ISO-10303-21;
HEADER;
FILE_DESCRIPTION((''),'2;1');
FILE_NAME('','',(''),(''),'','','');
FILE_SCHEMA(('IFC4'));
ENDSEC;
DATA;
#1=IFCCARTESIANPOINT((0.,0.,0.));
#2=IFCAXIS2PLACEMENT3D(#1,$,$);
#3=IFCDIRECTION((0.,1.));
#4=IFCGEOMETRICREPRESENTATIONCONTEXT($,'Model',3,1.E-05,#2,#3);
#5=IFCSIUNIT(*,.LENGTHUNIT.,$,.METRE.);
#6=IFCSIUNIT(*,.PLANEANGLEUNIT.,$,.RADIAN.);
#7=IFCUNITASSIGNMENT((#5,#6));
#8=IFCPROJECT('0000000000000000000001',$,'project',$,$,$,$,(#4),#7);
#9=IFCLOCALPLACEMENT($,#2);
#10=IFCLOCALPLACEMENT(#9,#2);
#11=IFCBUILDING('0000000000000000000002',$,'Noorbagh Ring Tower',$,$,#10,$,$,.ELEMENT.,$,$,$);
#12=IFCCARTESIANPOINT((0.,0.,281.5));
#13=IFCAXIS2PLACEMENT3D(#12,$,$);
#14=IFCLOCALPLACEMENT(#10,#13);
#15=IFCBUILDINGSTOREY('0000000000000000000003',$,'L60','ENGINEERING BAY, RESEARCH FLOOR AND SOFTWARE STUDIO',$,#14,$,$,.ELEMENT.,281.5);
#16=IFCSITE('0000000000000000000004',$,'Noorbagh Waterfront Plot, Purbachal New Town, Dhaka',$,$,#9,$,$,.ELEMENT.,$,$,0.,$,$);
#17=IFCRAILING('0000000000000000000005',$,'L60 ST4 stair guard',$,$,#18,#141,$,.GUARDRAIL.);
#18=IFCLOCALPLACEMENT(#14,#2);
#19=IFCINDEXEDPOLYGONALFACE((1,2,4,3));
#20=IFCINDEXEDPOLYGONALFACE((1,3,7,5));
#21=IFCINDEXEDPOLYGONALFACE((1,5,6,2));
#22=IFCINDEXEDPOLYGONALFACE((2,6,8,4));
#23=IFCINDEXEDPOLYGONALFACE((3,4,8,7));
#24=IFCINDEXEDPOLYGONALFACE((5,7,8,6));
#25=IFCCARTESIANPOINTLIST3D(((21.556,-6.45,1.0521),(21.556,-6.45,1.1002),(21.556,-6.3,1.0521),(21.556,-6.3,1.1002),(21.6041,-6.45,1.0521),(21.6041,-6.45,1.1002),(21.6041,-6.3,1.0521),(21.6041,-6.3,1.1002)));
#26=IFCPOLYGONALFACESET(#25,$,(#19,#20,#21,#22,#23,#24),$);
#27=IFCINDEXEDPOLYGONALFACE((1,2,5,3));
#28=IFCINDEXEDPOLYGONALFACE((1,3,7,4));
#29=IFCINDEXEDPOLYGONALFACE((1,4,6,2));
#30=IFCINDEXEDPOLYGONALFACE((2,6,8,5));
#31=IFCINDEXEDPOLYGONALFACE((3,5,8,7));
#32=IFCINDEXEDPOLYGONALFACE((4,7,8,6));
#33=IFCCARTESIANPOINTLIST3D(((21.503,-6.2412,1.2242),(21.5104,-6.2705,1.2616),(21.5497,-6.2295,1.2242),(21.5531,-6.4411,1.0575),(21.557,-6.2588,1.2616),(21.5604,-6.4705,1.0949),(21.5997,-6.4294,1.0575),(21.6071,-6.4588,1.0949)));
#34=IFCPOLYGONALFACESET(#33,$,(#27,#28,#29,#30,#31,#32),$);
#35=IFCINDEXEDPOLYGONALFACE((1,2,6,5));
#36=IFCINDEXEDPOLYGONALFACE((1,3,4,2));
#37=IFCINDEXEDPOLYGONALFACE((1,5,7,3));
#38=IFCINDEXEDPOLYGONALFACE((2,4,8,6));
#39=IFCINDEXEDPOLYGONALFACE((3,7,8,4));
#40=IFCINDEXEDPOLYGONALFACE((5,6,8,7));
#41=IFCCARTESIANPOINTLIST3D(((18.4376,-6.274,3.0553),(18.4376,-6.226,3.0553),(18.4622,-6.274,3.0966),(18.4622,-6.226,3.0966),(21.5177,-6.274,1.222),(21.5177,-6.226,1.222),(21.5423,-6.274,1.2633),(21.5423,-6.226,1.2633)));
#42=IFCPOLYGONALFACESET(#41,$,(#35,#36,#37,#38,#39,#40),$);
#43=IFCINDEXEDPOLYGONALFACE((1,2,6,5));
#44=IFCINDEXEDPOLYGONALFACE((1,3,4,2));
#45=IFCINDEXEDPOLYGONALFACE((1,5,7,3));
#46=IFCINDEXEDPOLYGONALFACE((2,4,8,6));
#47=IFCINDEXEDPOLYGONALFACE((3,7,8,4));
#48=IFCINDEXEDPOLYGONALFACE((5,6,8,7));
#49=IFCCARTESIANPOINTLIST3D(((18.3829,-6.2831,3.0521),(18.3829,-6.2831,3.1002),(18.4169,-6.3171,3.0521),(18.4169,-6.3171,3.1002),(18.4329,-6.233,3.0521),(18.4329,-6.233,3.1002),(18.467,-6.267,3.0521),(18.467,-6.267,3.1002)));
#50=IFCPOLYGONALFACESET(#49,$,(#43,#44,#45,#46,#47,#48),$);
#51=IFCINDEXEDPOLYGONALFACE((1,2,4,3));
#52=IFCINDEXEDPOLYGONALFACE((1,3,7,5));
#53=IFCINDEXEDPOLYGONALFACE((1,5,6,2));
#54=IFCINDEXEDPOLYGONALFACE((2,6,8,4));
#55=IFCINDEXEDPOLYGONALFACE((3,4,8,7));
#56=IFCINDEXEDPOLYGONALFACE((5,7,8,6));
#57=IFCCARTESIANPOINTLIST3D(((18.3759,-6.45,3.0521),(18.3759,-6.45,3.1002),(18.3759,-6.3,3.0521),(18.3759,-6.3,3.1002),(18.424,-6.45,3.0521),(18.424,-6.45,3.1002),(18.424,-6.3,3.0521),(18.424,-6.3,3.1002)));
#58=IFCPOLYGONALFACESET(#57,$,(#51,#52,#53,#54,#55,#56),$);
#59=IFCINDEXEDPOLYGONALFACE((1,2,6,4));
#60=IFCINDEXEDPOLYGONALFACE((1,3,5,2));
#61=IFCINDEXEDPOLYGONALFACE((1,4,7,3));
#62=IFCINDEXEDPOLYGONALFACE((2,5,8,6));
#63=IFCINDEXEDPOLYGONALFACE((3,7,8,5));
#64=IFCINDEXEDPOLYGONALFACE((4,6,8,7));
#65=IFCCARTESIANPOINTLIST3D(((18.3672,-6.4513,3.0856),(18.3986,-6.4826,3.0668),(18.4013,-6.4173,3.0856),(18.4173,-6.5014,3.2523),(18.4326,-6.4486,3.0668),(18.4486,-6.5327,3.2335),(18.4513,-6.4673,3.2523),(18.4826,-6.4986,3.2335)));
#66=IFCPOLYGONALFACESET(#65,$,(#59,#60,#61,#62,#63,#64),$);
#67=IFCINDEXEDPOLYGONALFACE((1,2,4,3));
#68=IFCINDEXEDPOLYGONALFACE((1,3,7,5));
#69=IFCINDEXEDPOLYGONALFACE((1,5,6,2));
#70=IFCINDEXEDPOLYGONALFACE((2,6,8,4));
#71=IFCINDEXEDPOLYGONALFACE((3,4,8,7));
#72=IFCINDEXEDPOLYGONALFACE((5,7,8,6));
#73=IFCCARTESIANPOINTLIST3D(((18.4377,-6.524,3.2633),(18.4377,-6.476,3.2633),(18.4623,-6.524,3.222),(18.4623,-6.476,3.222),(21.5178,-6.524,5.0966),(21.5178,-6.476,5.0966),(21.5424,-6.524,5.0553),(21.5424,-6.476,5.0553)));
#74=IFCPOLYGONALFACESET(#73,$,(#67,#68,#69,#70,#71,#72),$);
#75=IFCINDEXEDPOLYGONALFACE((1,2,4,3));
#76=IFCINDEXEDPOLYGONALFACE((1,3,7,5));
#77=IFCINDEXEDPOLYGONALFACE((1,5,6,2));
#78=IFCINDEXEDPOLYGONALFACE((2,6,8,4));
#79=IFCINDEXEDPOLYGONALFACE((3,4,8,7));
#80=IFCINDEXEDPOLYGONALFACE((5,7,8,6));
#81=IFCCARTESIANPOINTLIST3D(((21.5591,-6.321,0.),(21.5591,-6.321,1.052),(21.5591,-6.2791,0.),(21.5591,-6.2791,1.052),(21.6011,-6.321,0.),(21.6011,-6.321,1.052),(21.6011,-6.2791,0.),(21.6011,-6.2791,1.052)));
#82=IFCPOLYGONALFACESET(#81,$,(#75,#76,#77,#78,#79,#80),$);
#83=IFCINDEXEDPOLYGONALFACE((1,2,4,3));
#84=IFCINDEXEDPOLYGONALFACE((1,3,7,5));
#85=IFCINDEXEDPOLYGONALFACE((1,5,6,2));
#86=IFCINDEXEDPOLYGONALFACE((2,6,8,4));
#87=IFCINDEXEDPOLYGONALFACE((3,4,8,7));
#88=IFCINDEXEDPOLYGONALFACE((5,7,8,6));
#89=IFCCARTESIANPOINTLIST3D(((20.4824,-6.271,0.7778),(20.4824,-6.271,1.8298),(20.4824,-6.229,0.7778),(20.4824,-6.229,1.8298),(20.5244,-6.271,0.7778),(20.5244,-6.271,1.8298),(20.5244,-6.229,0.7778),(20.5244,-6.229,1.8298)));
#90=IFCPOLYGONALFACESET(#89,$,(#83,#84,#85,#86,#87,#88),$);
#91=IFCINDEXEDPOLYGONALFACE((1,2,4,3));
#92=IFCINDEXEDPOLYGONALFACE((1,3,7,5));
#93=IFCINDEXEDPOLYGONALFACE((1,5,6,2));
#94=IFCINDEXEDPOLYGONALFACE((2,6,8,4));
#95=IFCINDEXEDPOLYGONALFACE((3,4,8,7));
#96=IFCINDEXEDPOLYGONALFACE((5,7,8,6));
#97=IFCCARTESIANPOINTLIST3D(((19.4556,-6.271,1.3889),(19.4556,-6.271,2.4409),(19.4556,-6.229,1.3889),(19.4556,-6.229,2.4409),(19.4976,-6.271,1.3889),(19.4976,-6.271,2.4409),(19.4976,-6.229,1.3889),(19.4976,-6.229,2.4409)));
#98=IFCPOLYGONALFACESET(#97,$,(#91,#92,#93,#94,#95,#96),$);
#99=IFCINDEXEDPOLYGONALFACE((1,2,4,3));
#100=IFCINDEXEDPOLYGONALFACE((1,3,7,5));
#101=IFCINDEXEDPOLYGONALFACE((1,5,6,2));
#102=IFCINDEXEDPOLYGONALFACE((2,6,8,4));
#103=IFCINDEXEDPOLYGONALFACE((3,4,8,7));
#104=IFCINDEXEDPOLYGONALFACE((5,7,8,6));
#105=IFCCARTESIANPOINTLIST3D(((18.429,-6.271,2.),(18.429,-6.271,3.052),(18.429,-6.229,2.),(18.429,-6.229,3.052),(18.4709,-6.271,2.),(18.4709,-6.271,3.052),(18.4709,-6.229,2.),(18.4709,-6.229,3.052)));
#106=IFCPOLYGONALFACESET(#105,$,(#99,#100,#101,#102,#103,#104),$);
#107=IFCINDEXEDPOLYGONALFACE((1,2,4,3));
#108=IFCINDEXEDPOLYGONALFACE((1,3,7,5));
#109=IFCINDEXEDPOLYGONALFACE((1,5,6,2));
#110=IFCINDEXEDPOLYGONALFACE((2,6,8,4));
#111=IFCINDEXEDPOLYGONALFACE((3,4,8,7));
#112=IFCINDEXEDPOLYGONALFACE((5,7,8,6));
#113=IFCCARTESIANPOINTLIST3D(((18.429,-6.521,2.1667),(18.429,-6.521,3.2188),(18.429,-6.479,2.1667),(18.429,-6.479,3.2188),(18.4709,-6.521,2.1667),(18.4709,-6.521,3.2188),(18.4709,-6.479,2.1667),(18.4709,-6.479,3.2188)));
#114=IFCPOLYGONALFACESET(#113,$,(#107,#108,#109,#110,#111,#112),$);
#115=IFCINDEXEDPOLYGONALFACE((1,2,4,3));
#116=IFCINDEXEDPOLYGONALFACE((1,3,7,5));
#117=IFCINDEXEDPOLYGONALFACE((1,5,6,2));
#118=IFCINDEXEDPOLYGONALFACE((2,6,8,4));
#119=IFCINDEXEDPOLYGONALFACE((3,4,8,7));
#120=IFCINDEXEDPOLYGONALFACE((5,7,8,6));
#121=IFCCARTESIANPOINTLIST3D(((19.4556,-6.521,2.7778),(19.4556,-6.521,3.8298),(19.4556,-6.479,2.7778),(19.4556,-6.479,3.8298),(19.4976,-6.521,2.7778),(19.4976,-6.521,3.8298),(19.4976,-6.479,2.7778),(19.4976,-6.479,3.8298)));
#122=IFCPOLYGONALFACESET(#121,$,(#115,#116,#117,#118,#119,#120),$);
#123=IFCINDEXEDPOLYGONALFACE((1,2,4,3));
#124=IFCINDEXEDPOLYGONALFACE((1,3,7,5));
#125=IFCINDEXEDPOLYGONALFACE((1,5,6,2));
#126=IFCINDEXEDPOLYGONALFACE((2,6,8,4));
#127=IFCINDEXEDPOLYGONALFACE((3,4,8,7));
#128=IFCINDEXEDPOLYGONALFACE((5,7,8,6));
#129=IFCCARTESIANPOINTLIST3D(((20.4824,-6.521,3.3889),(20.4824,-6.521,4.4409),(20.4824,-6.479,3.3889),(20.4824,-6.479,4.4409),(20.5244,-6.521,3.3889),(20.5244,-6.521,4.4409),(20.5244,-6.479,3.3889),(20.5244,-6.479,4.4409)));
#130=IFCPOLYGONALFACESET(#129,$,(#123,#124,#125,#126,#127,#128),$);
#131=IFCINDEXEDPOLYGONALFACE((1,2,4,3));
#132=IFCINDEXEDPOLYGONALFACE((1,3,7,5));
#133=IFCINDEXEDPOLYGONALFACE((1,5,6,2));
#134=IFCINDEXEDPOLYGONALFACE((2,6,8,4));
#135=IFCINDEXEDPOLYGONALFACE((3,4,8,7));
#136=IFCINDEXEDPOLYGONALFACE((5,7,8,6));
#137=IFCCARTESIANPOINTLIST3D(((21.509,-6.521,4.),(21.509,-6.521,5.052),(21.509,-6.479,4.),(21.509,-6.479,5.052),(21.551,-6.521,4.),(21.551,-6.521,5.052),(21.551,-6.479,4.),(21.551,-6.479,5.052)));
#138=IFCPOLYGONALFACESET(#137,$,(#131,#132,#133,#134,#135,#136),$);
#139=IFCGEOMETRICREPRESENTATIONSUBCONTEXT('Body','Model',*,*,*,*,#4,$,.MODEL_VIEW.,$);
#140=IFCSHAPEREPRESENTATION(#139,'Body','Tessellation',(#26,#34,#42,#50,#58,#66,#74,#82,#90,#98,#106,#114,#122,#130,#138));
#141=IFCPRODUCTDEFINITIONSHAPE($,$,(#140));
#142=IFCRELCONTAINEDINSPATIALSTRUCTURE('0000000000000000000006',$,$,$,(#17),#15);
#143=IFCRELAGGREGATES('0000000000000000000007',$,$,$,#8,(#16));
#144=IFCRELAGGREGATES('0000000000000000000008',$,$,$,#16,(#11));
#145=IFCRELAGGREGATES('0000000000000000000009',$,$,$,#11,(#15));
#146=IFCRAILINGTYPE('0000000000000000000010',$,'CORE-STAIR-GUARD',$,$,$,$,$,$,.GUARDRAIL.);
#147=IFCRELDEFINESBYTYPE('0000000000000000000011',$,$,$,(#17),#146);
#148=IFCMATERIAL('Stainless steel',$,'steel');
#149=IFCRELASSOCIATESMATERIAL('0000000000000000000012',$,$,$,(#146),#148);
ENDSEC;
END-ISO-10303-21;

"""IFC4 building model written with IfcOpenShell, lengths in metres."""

from ifc_helpers import new_model, si_unit, direction, frame, origin, origin_2d, place, context, subcontext, project, spatial, rectangle, extrude, material, type_object, element, save


model = new_model("IFC4")

# Units and contexts
model_context = context("Model", 3, precision=1e-05, world=origin(), true_north=direction((0.0, 1.0)))
body_context = subcontext(model_context, "Body", "Model", "MODEL_VIEW")
ifc_project = project(units=[si_unit("LENGTHUNIT", "METRE"), si_unit("PLANEANGLEUNIT", "RADIAN")], contexts=[model_context])

# Site, building, storey
site_placement = place(None, origin())
site = spatial("IfcSite", under=ifc_project, at=site_placement, Name="Noorbagh Waterfront Plot, Purbachal New Town, Dhaka", CompositionType="ELEMENT", RefElevation=0.0)
building_placement = place(site_placement, origin())
building = spatial("IfcBuilding", under=site, at=building_placement, Name="Noorbagh Ring Tower", CompositionType="ELEMENT")
storey_placement = place(building_placement, frame((0.0, 0.0, 281.5)))
storey = spatial("IfcBuildingStorey", under=building, at=storey_placement, Name="L60", Description="ENGINEERING BAY, RESEARCH FLOOR AND SOFTWARE STUDIO", CompositionType="ELEMENT", Elevation=281.5)

# Railing
ifc_material_1 = material(Name="Stainless steel", Category="steel")
railing_type_1 = type_object("IfcRailingType", Name="CORE-STAIR-GUARD", PredefinedType="GUARDRAIL", material=ifc_material_1)
railing_1_placement = place(storey_placement, frame((21.5801, -6.3, 0.0)))
element("IfcRailing", 1, at=railing_1_placement, inside=storey, type_object=railing_type_1, Name="L60 ST4 stair guard", PredefinedType="GUARDRAIL", context=body_context, shape_type="SweptSolid", body=[
    extrude(rectangle(XDim=0.0481, YDim=0.0481, at=origin_2d()), frame((0.0, 0.0, 1.0762), z_axis=(0.0, -1.0, 0.0), x_axis=(1.0, 0.0, 0.0)), (0.0, 0.0, 1.0), 0.1499),
    extrude(rectangle(XDim=0.0481, YDim=0.0481, at=origin_2d()), frame((0.0, -0.1499, 1.0762), z_axis=(-0.188776, 0.754182, 0.628946), x_axis=(-0.970073, -0.242814, 0.0)), (0.0, 0.0, 1.0), 0.2651),
    extrude(rectangle(XDim=0.0481, YDim=0.0481, at=origin_2d()), frame((-0.05, 0.05, 1.2427), z_axis=(-0.859309, 0.0, 0.511458), x_axis=(0.0, -1.0, 0.0)), (0.0, 0.0, 1.0), 3.5845),
    extrude(rectangle(XDim=0.0481, YDim=0.0481, at=origin_2d()), frame((-3.1301, 0.05, 3.0762), z_axis=(-0.707107, -0.707107, 0.0), x_axis=(0.707107, -0.707107, 0.0)), (0.0, 0.0, 1.0), 0.0708),
    extrude(rectangle(XDim=0.0481, YDim=0.0481, at=origin_2d()), frame((-3.1802, 0.0, 3.0762), z_axis=(0.0, -1.0, 0.0), x_axis=(1.0, 0.0, 0.0)), (0.0, 0.0, 1.0), 0.1499),
    extrude(rectangle(XDim=0.0481, YDim=0.0481, at=origin_2d()), frame((-3.1802, -0.1499, 3.0762), z_axis=(0.276287, -0.276287, 0.920506), x_axis=(0.707107, 0.707107, 0.0)), (0.0, 0.0, 1.0), 0.1812),
    extrude(rectangle(XDim=0.0481, YDim=0.0481, at=origin_2d()), frame((-3.1301, -0.2, 3.2427), z_axis=(0.859309, 0.0, 0.511458), x_axis=(0.0, 1.0, 0.0)), (0.0, 0.0, 1.0), 3.5845),
    extrude(rectangle(XDim=0.042, YDim=0.042, at=origin_2d()), origin(), (0.0, 0.0, 1.0), 1.052),
    extrude(rectangle(XDim=0.042, YDim=0.042, at=origin_2d()), frame((-1.0767, 0.05, 0.7778)), (0.0, 0.0, 1.0), 1.052),
    extrude(rectangle(XDim=0.042, YDim=0.042, at=origin_2d()), frame((-2.1035, 0.05, 1.3889)), (0.0, 0.0, 1.0), 1.052),
    extrude(rectangle(XDim=0.042, YDim=0.042, at=origin_2d()), frame((-3.1301, 0.05, 2.0)), (0.0, 0.0, 1.0), 1.052),
    extrude(rectangle(XDim=0.042, YDim=0.042, at=origin_2d()), frame((-3.1301, -0.2, 2.1667)), (0.0, 0.0, 1.0), 1.052),
    extrude(rectangle(XDim=0.042, YDim=0.042, at=origin_2d()), frame((-2.1035, -0.2, 2.7778)), (0.0, 0.0, 1.0), 1.052),
    extrude(rectangle(XDim=0.042, YDim=0.042, at=origin_2d()), frame((-1.0767, -0.2, 3.3889)), (0.0, 0.0, 1.0), 1.052),
    extrude(rectangle(XDim=0.042, YDim=0.042, at=origin_2d()), frame((-0.05, -0.2, 4.0)), (0.0, 0.0, 1.0), 1.052),
])

save(model, "model.ifc")
